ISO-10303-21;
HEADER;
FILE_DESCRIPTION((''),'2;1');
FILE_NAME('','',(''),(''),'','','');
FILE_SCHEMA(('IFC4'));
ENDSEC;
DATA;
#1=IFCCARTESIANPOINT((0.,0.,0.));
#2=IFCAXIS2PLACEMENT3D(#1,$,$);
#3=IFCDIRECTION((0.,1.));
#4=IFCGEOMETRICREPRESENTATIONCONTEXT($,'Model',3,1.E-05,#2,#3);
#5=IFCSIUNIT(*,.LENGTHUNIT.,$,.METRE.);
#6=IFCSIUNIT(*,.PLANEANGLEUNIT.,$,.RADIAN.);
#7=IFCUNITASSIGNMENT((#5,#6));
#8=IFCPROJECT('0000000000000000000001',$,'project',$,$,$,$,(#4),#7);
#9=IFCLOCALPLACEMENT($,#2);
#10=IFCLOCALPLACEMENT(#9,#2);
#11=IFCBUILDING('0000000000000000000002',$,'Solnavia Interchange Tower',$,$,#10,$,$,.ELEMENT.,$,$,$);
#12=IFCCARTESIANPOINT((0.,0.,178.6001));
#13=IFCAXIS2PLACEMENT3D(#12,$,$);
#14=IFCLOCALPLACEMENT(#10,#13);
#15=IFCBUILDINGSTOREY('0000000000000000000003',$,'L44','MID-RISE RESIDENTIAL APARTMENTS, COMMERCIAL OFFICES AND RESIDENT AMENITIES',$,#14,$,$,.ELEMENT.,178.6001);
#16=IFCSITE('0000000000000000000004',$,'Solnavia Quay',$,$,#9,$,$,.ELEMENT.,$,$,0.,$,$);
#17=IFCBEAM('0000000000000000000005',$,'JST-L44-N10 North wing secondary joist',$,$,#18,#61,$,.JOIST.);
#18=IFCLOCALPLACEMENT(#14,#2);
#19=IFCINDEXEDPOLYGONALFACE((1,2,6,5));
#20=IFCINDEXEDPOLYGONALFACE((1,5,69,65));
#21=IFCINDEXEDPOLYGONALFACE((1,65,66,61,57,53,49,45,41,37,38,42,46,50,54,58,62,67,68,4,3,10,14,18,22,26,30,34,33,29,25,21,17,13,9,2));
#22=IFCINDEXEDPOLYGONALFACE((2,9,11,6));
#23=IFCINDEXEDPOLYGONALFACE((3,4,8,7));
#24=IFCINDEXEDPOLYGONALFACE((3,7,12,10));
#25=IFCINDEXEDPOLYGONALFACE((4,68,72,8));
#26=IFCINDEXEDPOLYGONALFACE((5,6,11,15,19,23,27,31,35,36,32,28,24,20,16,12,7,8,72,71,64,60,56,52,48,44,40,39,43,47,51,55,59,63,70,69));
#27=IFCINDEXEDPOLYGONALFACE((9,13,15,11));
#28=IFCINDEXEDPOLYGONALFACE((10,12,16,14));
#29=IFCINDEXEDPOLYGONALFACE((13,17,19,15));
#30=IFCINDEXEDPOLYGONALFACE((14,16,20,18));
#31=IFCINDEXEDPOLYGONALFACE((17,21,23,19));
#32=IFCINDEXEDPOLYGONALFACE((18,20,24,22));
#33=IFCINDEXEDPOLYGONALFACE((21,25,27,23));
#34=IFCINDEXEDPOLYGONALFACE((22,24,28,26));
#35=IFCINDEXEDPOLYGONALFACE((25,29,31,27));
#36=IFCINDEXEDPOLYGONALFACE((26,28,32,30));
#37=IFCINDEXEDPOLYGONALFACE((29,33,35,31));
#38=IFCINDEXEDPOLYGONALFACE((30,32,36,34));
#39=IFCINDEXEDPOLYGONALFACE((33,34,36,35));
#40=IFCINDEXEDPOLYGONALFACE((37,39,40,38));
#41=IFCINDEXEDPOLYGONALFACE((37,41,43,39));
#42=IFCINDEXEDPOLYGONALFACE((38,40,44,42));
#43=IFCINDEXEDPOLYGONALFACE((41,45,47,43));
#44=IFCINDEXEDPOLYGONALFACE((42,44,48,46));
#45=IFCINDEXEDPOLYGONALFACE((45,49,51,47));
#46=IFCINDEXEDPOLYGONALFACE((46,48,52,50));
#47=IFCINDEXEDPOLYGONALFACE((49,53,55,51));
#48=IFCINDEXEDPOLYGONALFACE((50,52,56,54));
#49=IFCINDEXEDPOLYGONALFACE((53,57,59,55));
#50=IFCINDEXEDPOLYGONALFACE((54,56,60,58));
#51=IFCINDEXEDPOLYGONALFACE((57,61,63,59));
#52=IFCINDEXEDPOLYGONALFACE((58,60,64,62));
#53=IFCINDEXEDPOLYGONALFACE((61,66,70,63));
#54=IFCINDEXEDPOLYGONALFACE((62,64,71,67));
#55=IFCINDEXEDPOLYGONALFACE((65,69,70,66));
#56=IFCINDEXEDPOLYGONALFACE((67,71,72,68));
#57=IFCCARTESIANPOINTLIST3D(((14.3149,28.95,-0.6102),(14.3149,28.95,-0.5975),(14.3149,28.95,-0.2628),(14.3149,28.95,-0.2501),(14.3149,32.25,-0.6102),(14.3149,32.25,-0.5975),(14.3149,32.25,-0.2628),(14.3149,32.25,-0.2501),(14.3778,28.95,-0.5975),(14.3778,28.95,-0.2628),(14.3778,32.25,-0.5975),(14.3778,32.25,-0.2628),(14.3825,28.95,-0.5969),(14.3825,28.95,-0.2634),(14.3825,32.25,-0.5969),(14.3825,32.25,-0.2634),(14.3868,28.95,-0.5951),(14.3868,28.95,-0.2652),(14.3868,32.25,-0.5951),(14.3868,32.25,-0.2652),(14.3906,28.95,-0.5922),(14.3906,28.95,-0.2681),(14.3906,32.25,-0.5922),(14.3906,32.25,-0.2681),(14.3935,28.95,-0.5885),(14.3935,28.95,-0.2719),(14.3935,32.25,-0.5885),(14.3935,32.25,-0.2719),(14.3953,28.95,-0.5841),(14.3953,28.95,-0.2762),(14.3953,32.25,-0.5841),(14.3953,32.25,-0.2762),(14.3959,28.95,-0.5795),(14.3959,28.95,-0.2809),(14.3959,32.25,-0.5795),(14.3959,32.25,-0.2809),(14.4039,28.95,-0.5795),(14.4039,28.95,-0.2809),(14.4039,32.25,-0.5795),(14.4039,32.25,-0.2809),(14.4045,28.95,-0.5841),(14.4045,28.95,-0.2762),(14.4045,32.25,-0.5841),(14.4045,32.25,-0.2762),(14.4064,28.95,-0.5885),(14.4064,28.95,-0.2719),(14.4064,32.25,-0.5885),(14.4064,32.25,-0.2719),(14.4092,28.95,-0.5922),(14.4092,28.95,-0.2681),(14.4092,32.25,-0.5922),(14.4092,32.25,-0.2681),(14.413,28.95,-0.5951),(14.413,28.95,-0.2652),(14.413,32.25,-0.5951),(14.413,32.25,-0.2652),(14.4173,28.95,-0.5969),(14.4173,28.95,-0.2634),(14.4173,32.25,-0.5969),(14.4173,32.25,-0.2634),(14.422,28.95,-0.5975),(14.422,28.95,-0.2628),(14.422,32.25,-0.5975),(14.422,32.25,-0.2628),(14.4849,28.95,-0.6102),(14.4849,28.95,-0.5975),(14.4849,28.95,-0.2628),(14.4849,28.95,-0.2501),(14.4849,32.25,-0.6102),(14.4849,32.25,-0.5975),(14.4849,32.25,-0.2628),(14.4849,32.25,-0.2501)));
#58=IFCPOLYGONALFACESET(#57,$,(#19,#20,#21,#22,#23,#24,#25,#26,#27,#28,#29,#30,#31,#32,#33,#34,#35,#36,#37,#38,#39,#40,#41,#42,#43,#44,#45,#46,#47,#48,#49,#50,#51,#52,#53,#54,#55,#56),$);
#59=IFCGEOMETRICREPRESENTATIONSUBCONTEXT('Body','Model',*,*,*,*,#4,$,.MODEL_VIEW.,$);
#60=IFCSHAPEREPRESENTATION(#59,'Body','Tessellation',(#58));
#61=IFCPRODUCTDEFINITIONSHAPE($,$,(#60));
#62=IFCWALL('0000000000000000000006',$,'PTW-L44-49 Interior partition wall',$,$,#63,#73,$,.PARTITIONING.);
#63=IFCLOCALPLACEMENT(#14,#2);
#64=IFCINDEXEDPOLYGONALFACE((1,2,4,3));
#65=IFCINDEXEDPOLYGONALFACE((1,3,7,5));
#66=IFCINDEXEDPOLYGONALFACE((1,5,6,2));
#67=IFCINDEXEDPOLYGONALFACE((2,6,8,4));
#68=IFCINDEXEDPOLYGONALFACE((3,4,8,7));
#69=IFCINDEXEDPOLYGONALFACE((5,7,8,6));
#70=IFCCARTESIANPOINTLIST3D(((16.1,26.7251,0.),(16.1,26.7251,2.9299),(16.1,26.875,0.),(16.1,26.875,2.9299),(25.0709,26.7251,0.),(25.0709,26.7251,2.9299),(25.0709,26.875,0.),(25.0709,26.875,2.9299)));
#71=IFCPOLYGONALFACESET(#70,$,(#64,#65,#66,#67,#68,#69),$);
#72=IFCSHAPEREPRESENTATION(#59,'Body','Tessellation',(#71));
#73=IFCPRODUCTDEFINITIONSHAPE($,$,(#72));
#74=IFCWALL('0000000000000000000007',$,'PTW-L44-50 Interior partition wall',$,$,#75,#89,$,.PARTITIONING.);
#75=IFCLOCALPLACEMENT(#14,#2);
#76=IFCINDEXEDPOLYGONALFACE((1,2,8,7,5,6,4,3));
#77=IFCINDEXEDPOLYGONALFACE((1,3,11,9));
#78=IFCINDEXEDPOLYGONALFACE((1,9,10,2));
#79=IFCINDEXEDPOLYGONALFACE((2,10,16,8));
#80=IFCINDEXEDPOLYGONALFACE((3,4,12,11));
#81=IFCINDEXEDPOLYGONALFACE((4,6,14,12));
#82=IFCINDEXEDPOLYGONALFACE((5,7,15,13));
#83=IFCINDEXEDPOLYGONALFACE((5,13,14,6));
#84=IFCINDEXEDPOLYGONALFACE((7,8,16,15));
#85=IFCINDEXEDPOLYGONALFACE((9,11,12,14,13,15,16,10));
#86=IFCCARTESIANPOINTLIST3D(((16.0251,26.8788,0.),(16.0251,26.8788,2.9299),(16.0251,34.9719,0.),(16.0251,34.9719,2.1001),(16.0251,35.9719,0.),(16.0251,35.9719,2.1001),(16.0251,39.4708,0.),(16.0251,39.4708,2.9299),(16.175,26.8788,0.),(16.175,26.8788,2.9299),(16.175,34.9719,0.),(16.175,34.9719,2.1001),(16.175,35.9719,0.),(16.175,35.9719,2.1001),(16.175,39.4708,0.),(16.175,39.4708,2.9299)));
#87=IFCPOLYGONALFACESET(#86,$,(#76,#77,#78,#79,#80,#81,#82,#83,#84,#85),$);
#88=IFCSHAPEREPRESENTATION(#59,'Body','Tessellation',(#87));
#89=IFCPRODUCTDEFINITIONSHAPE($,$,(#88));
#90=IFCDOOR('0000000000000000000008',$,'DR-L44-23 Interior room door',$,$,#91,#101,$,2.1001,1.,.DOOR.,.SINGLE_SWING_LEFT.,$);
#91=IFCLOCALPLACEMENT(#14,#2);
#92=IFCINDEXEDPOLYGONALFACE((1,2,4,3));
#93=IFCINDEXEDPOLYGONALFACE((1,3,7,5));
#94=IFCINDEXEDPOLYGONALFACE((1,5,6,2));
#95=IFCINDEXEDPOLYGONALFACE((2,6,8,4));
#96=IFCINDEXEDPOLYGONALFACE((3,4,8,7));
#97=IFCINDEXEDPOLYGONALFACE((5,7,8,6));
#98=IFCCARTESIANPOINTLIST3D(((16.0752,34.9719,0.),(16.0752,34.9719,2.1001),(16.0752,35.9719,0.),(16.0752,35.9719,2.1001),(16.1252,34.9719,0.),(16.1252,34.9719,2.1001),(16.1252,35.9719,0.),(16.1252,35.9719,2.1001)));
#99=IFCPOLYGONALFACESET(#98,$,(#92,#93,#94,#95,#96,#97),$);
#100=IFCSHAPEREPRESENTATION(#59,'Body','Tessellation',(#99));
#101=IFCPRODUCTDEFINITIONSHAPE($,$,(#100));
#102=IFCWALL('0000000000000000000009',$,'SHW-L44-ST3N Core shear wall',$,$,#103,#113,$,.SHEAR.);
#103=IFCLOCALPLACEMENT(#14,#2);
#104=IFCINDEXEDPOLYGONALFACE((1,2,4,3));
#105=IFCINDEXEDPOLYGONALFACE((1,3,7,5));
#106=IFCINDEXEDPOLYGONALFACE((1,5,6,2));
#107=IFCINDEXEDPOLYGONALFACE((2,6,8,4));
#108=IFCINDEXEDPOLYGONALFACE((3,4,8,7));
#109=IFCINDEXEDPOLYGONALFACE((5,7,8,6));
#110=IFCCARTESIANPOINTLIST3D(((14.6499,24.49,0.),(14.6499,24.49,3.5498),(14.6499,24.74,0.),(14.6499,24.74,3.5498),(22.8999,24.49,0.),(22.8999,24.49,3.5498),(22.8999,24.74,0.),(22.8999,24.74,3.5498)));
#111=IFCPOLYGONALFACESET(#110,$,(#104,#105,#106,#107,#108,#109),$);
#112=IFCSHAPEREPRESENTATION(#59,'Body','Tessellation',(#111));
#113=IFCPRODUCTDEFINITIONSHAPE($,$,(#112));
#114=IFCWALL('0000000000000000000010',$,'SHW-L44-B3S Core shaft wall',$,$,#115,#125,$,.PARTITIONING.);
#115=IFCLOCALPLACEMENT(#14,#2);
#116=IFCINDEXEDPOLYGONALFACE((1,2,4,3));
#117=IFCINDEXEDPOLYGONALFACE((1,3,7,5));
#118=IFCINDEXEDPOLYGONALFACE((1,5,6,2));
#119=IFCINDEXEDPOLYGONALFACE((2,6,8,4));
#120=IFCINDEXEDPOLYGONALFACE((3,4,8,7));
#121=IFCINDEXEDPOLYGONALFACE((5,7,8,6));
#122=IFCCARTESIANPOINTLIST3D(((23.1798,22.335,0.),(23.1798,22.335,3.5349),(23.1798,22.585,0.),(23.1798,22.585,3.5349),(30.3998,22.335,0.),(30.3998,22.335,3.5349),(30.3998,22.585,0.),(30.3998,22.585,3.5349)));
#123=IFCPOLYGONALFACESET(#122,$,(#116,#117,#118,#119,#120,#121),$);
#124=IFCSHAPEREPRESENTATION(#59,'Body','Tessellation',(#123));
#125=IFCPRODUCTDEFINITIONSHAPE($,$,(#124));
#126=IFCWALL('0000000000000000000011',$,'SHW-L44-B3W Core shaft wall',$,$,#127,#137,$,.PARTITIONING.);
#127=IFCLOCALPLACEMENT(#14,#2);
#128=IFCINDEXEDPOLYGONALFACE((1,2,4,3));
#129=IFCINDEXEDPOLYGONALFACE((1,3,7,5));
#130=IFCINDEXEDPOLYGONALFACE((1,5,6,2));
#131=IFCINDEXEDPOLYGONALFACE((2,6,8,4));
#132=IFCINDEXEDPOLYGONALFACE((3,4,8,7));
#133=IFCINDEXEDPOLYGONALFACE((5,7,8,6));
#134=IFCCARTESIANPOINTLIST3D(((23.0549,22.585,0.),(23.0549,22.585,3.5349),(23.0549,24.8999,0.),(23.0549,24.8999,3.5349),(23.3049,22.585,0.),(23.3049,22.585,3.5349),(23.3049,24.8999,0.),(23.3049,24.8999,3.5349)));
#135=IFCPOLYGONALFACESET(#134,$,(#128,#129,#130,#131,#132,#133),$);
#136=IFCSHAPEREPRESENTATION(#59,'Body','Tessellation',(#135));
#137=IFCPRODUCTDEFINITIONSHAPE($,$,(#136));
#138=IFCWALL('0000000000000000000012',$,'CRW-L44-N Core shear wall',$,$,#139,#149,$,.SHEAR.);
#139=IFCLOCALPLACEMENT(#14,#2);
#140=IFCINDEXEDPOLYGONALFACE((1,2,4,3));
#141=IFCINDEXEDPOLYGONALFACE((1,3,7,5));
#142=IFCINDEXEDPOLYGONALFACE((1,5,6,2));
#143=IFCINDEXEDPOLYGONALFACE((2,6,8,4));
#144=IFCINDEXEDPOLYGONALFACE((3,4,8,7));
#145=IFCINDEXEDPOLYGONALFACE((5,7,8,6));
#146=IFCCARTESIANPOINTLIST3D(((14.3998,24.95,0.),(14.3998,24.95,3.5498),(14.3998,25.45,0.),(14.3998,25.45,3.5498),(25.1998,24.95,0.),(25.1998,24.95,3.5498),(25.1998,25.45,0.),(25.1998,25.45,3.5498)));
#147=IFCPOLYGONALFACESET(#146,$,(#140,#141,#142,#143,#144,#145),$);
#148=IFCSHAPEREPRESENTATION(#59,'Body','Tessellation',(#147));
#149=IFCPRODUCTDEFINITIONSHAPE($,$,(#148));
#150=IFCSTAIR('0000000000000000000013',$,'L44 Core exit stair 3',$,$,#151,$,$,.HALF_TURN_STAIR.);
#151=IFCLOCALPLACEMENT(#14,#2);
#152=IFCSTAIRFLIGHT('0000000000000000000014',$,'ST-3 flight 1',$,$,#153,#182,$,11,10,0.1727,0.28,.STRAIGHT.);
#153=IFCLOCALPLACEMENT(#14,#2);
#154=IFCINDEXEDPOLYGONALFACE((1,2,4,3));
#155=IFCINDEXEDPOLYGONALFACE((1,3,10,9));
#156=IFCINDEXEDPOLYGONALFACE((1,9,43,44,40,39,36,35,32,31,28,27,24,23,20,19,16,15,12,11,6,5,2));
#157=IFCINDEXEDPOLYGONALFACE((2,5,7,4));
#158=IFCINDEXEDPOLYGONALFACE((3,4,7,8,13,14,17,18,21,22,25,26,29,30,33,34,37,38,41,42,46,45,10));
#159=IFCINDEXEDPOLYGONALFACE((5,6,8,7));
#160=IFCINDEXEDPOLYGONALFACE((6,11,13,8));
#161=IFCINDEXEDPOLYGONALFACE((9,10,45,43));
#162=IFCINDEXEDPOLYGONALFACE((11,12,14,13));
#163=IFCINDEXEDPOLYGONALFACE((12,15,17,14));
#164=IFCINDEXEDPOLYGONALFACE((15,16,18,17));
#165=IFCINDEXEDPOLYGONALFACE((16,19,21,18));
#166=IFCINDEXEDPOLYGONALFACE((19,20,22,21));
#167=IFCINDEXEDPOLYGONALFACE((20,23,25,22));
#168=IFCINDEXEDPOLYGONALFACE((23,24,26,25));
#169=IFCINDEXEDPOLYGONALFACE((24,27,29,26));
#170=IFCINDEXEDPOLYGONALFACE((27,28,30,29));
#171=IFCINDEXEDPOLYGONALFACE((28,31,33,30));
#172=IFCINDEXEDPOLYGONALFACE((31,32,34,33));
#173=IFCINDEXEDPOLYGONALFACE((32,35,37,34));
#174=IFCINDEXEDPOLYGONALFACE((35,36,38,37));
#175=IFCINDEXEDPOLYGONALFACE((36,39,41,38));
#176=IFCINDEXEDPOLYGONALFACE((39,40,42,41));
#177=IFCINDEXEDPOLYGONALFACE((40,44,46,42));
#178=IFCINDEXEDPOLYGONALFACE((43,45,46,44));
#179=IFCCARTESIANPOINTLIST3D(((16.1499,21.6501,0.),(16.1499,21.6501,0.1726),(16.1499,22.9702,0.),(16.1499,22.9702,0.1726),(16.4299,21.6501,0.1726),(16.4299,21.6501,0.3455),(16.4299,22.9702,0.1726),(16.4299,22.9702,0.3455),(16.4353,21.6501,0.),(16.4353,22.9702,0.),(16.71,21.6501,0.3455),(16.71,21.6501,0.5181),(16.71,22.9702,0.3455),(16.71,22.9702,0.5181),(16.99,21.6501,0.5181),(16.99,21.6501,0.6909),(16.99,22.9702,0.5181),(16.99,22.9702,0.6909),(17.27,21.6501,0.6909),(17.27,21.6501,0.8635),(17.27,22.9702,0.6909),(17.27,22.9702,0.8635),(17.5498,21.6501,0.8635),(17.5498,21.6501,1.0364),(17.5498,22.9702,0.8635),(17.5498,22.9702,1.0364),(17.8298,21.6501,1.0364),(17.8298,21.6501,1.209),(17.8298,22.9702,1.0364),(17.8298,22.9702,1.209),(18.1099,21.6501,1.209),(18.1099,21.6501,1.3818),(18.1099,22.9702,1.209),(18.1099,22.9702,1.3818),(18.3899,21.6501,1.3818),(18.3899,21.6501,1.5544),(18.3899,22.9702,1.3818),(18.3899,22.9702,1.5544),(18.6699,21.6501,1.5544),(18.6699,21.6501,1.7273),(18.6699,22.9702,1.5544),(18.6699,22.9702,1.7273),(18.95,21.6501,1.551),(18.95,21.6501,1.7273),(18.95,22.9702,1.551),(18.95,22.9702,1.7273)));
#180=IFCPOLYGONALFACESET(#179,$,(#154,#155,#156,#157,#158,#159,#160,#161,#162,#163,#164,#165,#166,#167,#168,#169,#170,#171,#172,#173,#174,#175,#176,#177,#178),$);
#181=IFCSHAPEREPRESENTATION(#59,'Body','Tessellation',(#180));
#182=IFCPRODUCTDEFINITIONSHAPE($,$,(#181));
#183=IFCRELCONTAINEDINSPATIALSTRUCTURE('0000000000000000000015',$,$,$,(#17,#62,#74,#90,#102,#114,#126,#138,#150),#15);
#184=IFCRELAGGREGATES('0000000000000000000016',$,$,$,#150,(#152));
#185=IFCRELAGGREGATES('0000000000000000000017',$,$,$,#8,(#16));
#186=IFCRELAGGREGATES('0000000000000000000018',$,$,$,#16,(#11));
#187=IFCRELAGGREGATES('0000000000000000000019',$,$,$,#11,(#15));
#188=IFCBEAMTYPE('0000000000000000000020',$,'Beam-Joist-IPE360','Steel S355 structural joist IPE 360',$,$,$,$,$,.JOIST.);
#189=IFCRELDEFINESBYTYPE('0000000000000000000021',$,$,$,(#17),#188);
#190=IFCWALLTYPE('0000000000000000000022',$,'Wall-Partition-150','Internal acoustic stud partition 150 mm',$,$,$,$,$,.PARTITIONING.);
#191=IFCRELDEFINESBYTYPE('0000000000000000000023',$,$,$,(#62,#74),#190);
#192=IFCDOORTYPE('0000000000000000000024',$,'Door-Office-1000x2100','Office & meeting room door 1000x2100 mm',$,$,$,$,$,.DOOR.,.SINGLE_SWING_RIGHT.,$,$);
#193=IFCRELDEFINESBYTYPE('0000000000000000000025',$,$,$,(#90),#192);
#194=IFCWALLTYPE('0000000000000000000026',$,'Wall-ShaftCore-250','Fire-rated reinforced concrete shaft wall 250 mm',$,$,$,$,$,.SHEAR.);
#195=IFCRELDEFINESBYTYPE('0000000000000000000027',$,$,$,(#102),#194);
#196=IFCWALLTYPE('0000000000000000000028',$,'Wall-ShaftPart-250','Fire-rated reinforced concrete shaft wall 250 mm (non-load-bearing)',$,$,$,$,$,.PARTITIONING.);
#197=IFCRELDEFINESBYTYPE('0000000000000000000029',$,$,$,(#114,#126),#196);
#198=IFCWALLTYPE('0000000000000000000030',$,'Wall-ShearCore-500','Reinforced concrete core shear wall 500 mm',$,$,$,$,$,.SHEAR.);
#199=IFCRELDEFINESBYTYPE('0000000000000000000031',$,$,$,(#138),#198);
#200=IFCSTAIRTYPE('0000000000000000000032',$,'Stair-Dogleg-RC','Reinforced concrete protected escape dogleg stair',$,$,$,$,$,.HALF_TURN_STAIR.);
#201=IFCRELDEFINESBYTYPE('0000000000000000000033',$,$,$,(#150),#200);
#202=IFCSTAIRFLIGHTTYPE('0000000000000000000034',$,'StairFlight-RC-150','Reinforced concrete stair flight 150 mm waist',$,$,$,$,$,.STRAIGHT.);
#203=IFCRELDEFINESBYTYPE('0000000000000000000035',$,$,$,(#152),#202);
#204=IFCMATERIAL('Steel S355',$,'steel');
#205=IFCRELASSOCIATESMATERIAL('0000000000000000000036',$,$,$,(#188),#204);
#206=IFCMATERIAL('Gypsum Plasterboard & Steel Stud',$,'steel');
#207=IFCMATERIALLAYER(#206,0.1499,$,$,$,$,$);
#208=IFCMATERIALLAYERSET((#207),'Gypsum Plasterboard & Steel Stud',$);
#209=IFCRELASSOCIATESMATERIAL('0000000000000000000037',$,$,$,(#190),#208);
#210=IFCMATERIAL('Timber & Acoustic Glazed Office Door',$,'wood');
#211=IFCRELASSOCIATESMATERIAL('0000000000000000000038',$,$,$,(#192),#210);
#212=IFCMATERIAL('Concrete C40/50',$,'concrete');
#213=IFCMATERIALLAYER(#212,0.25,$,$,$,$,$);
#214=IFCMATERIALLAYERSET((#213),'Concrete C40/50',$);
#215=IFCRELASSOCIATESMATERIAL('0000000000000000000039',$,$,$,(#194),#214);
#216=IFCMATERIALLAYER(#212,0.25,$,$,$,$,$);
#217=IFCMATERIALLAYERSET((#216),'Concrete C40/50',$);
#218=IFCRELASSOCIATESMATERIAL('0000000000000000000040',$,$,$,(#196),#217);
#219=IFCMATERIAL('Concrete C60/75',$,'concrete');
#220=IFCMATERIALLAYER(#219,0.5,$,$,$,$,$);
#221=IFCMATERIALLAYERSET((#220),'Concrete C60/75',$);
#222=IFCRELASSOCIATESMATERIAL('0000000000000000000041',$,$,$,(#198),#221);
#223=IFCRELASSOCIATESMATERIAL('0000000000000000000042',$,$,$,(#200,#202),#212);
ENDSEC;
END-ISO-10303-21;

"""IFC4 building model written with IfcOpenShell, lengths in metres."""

from ifc_helpers import new_model, si_unit, direction, frame, frame_2d, origin, origin_2d, place, context, subcontext, project, spatial, polyline, rectangle, i_section, outline, extrude, material, layer, layer_set, material_profile, profile_set, type_object, element, fill, aggregate, save


model = new_model("IFC4")

# Units and contexts
model_context = context("Model", 3, precision=1e-05, world=origin(), true_north=direction((0.0, 1.0)))
body_context = subcontext(model_context, "Body", "Model", "MODEL_VIEW")
ifc_project = project(units=[si_unit("LENGTHUNIT", "METRE"), si_unit("PLANEANGLEUNIT", "RADIAN")], contexts=[model_context])

# Site, building, storey
site_placement = place(None, origin())
site = spatial("IfcSite", under=ifc_project, at=site_placement, Name="Solnavia Quay", CompositionType="ELEMENT", RefElevation=0.0)
building_placement = place(site_placement, origin())
building = spatial("IfcBuilding", under=site, at=building_placement, Name="Solnavia Interchange Tower", CompositionType="ELEMENT")
storey_placement = place(building_placement, frame((0.0, 0.0, 178.6001)))
storey = spatial("IfcBuildingStorey", under=building, at=storey_placement, Name="L44", Description="MID-RISE RESIDENTIAL APARTMENTS, COMMERCIAL OFFICES AND RESIDENT AMENITIES", CompositionType="ELEMENT", Elevation=178.6001)

# Shared definitions
ifc_material_1 = material(Name="Steel S355", Category="steel")

# Beam
ifc_material_profile_1 = material_profile(ifc_material_1, i_section(OverallWidth=0.1699, OverallDepth=0.3601, WebThickness=0.0081, FlangeThickness=0.0127, FilletRadius=0.0181, at=origin_2d()), Name="IPE 360")
ifc_profile_set_1 = profile_set([ifc_material_profile_1], Name="Steel S355")
beam_type_1 = type_object("IfcBeamType", Name="Beam-Joist-IPE360", Description="Steel S355 structural joist IPE 360", PredefinedType="JOIST", material=ifc_profile_set_1)
beam_1_placement = place(storey_placement, frame((14.3999, 28.95, -0.4302), z_axis=(0.0, 1.0, 0.0), x_axis=(-1.0, 0.0, 0.0)))
element("IfcBeam", 1, at=beam_1_placement, inside=storey, type_object=beam_type_1, Name="JST-L44-N10 North wing secondary joist", PredefinedType="JOIST", context=body_context, shape_type="SweptSolid", body=[
    extrude(i_section(OverallWidth=0.1699, OverallDepth=0.3601, WebThickness=0.0081, FlangeThickness=0.0127, FilletRadius=0.0181, at=origin_2d()), origin(), (0.0, 0.0, 1.0), 3.3),
])

# Wall
ifc_material_2 = material(Name="Gypsum Plasterboard & Steel Stud", Category="steel")
ifc_layer_1 = layer(ifc_material_2, 0.1499)
ifc_layer_set_1 = layer_set([ifc_layer_1], Name="Gypsum Plasterboard & Steel Stud")
wall_type_1 = type_object("IfcWallType", Name="Wall-Partition-150", Description="Internal acoustic stud partition 150 mm", PredefinedType="PARTITIONING", material=ifc_layer_set_1)
wall_1_placement = place(storey_placement, frame((16.1001, 26.8, 0.0), z_axis=(0.0, 0.0, 1.0), x_axis=(1.0, 0.0, 0.0)))
element("IfcWall", 2, at=wall_1_placement, inside=storey, type_object=wall_type_1, Name="PTW-L44-49 Interior partition wall", PredefinedType="PARTITIONING", context=body_context, shape_type="SweptSolid", body=[
    extrude(rectangle(XDim=8.9709, YDim=0.1499, at=frame_2d((4.4854, 0.0))), origin(), (0.0, 0.0, 1.0), 2.9299),
])

# Wall, opening, door
wall_2_placement = place(storey_placement, frame((16.1001, 26.8789, 0.0), z_axis=(0.0, 0.0, 1.0), x_axis=(0.0, 1.0, 0.0)))
wall_2 = element("IfcWall", 3, at=wall_2_placement, inside=storey, type_object=wall_type_1, Name="PTW-L44-50 Interior partition wall", PredefinedType="PARTITIONING", context=body_context, shape_type="SweptSolid", body=[
    extrude(rectangle(XDim=12.592, YDim=0.1499, at=frame_2d((6.2959, 0.0))), origin(), (0.0, 0.0, 1.0), 2.9299),
])
opening_placement = place(wall_2_placement, frame((8.093, 0.0, 0.0)))
opening = element("IfcOpeningElement", 4, at=opening_placement, cuts=wall_2, PredefinedType="OPENING", context=body_context, shape_type="SweptSolid", body=[
    extrude(rectangle(XDim=1.0, YDim=2.1001, at=frame_2d((0.5, 1.05))), frame((0.0, 0.085, 0.0), z_axis=(0.0, -1.0, 0.0), x_axis=(1.0, 0.0, 0.0)), (0.0, 0.0, 1.0), 0.1699),
])
ifc_material_3 = material(Name="Timber & Acoustic Glazed Office Door", Category="wood")
door_type = type_object("IfcDoorType", Name="Door-Office-1000x2100", Description="Office & meeting room door 1000x2100 mm", OperationType="SINGLE_SWING_RIGHT", PredefinedType="DOOR", material=ifc_material_3)
door_placement = place(opening_placement, origin())
door = element("IfcDoor", 5, at=door_placement, inside=storey, type_object=door_type, Name="DR-L44-23 Interior room door", OperationType="SINGLE_SWING_LEFT", OverallHeight=2.1001, OverallWidth=1.0, PredefinedType="DOOR", context=body_context, shape_type="SweptSolid", body=[
    extrude(rectangle(XDim=1.0, YDim=2.1001, at=frame_2d((0.5, 1.05))), frame((0.0, 0.0249, 0.0), z_axis=(0.0, -1.0, 0.0), x_axis=(1.0, 0.0, 0.0)), (0.0, 0.0, 1.0), 0.05),
])
fill(opening, door)

# Walls
ifc_material_4 = material(Name="Concrete C40/50", Category="concrete")
ifc_layer_2 = layer(ifc_material_4, 0.25)
ifc_layer_set_2 = layer_set([ifc_layer_2], Name="Concrete C40/50")
wall_type_2 = type_object("IfcWallType", Name="Wall-ShaftCore-250", Description="Fire-rated reinforced concrete shaft wall 250 mm", PredefinedType="SHEAR", material=ifc_layer_set_2)
wall_3_placement = place(storey_placement, frame((14.6499, 24.615, 0.0), z_axis=(0.0, 0.0, 1.0), x_axis=(1.0, 0.0, 0.0)))
element("IfcWall", 6, at=wall_3_placement, inside=storey, type_object=wall_type_2, Name="SHW-L44-ST3N Core shear wall", PredefinedType="SHEAR", context=body_context, shape_type="SweptSolid", body=[
    extrude(rectangle(XDim=8.25, YDim=0.25, at=frame_2d((4.125, 0.0))), origin(), (0.0, 0.0, 1.0), 3.5498),
])
ifc_layer_3 = layer(ifc_material_4, 0.25)
ifc_layer_set_3 = layer_set([ifc_layer_3], Name="Concrete C40/50")
wall_type_3 = type_object("IfcWallType", Name="Wall-ShaftPart-250", Description="Fire-rated reinforced concrete shaft wall 250 mm (non-load-bearing)", PredefinedType="PARTITIONING", material=ifc_layer_set_3)
wall_4_placement = place(storey_placement, frame((23.1799, 22.46, 0.0), z_axis=(0.0, 0.0, 1.0), x_axis=(1.0, 0.0, 0.0)))
element("IfcWall", 7, at=wall_4_placement, inside=storey, type_object=wall_type_3, Name="SHW-L44-B3S Core shaft wall", PredefinedType="PARTITIONING", context=body_context, shape_type="SweptSolid", body=[
    extrude(rectangle(XDim=7.22, YDim=0.25, at=frame_2d((3.6099, 0.0))), origin(), (0.0, 0.0, 1.0), 3.5349),
])
wall_5_placement = place(storey_placement, frame((23.1799, 22.585, 0.0), z_axis=(0.0, 0.0, 1.0), x_axis=(0.0, 1.0, 0.0)))
element("IfcWall", 8, at=wall_5_placement, inside=storey, type_object=wall_type_3, Name="SHW-L44-B3W Core shaft wall", PredefinedType="PARTITIONING", context=body_context, shape_type="SweptSolid", body=[
    extrude(rectangle(XDim=2.3149, YDim=0.25, at=frame_2d((1.1575, 0.0))), origin(), (0.0, 0.0, 1.0), 3.5349),
])
ifc_material_5 = material(Name="Concrete C60/75", Category="concrete")
ifc_layer_4 = layer(ifc_material_5, 0.5)
ifc_layer_set_4 = layer_set([ifc_layer_4], Name="Concrete C60/75")
wall_type_4 = type_object("IfcWallType", Name="Wall-ShearCore-500", Description="Reinforced concrete core shear wall 500 mm", PredefinedType="SHEAR", material=ifc_layer_set_4)
wall_6_placement = place(storey_placement, frame((14.3999, 25.2, 0.0), z_axis=(0.0, 0.0, 1.0), x_axis=(1.0, 0.0, 0.0)))
element("IfcWall", 9, at=wall_6_placement, inside=storey, type_object=wall_type_4, Name="CRW-L44-N Core shear wall", PredefinedType="SHEAR", context=body_context, shape_type="SweptSolid", body=[
    extrude(rectangle(XDim=10.8, YDim=0.5, at=frame_2d((5.3999, 0.0))), origin(), (0.0, 0.0, 1.0), 3.5498),
])

# Stair, stair flight
stair_type = type_object("IfcStairType", Name="Stair-Dogleg-RC", Description="Reinforced concrete protected escape dogleg stair", PredefinedType="HALF_TURN_STAIR", material=ifc_material_4)
stair_placement = place(storey_placement, origin())
stair = element("IfcStair", 10, at=stair_placement, inside=storey, type_object=stair_type, Name="L44 Core exit stair 3", PredefinedType="HALF_TURN_STAIR")
stair_flight_type = type_object("IfcStairFlightType", Name="StairFlight-RC-150", Description="Reinforced concrete stair flight 150 mm waist", PredefinedType="STRAIGHT", material=ifc_material_4)
stair_flight_1_placement = place(storey_placement, frame((16.1499, 22.3101, 0.0), z_axis=(0.0, 0.0, 1.0), x_axis=(1.0, 0.0, 0.0)))
stair_flight_1 = element("IfcStairFlight", 11, at=stair_flight_1_placement, type_object=stair_flight_type, Name="ST-3 flight 1", NumberOfRisers=11, NumberOfTreads=10, PredefinedType="STRAIGHT", RiserHeight=0.1727, TreadLength=0.28, context=body_context, shape_type="SweptSolid", body=[
    extrude(outline(polyline([(0.0, 0.0), (0.0, 0.1726), (0.28, 0.1726), (0.28, 0.3455), (0.5601, 0.3455), (0.5601, 0.5181), (0.8401, 0.5181), (0.8401, 0.6909), (1.1201, 0.6909), (1.1201, 0.8635), (1.3999, 0.8635), (1.3999, 1.0364), (1.6799, 1.0364), (1.6799, 1.209), (1.96, 1.209), (1.96, 1.3818), (2.24, 1.3818), (2.24, 1.5544), (2.52, 1.5544), (2.52, 1.7273), (2.8, 1.7273), (2.8, 1.8999), (2.8, 1.551), (0.2854, 0.0), (0.0, 0.0)])), frame((0.0, 0.6602, 0.0), z_axis=(0.0, -1.0, 0.0), x_axis=(1.0, 0.0, 0.0)), (0.0, 0.0, 1.0), 1.3201),
])
aggregate(stair, [stair_flight_1])

save(model, "model.ifc")
